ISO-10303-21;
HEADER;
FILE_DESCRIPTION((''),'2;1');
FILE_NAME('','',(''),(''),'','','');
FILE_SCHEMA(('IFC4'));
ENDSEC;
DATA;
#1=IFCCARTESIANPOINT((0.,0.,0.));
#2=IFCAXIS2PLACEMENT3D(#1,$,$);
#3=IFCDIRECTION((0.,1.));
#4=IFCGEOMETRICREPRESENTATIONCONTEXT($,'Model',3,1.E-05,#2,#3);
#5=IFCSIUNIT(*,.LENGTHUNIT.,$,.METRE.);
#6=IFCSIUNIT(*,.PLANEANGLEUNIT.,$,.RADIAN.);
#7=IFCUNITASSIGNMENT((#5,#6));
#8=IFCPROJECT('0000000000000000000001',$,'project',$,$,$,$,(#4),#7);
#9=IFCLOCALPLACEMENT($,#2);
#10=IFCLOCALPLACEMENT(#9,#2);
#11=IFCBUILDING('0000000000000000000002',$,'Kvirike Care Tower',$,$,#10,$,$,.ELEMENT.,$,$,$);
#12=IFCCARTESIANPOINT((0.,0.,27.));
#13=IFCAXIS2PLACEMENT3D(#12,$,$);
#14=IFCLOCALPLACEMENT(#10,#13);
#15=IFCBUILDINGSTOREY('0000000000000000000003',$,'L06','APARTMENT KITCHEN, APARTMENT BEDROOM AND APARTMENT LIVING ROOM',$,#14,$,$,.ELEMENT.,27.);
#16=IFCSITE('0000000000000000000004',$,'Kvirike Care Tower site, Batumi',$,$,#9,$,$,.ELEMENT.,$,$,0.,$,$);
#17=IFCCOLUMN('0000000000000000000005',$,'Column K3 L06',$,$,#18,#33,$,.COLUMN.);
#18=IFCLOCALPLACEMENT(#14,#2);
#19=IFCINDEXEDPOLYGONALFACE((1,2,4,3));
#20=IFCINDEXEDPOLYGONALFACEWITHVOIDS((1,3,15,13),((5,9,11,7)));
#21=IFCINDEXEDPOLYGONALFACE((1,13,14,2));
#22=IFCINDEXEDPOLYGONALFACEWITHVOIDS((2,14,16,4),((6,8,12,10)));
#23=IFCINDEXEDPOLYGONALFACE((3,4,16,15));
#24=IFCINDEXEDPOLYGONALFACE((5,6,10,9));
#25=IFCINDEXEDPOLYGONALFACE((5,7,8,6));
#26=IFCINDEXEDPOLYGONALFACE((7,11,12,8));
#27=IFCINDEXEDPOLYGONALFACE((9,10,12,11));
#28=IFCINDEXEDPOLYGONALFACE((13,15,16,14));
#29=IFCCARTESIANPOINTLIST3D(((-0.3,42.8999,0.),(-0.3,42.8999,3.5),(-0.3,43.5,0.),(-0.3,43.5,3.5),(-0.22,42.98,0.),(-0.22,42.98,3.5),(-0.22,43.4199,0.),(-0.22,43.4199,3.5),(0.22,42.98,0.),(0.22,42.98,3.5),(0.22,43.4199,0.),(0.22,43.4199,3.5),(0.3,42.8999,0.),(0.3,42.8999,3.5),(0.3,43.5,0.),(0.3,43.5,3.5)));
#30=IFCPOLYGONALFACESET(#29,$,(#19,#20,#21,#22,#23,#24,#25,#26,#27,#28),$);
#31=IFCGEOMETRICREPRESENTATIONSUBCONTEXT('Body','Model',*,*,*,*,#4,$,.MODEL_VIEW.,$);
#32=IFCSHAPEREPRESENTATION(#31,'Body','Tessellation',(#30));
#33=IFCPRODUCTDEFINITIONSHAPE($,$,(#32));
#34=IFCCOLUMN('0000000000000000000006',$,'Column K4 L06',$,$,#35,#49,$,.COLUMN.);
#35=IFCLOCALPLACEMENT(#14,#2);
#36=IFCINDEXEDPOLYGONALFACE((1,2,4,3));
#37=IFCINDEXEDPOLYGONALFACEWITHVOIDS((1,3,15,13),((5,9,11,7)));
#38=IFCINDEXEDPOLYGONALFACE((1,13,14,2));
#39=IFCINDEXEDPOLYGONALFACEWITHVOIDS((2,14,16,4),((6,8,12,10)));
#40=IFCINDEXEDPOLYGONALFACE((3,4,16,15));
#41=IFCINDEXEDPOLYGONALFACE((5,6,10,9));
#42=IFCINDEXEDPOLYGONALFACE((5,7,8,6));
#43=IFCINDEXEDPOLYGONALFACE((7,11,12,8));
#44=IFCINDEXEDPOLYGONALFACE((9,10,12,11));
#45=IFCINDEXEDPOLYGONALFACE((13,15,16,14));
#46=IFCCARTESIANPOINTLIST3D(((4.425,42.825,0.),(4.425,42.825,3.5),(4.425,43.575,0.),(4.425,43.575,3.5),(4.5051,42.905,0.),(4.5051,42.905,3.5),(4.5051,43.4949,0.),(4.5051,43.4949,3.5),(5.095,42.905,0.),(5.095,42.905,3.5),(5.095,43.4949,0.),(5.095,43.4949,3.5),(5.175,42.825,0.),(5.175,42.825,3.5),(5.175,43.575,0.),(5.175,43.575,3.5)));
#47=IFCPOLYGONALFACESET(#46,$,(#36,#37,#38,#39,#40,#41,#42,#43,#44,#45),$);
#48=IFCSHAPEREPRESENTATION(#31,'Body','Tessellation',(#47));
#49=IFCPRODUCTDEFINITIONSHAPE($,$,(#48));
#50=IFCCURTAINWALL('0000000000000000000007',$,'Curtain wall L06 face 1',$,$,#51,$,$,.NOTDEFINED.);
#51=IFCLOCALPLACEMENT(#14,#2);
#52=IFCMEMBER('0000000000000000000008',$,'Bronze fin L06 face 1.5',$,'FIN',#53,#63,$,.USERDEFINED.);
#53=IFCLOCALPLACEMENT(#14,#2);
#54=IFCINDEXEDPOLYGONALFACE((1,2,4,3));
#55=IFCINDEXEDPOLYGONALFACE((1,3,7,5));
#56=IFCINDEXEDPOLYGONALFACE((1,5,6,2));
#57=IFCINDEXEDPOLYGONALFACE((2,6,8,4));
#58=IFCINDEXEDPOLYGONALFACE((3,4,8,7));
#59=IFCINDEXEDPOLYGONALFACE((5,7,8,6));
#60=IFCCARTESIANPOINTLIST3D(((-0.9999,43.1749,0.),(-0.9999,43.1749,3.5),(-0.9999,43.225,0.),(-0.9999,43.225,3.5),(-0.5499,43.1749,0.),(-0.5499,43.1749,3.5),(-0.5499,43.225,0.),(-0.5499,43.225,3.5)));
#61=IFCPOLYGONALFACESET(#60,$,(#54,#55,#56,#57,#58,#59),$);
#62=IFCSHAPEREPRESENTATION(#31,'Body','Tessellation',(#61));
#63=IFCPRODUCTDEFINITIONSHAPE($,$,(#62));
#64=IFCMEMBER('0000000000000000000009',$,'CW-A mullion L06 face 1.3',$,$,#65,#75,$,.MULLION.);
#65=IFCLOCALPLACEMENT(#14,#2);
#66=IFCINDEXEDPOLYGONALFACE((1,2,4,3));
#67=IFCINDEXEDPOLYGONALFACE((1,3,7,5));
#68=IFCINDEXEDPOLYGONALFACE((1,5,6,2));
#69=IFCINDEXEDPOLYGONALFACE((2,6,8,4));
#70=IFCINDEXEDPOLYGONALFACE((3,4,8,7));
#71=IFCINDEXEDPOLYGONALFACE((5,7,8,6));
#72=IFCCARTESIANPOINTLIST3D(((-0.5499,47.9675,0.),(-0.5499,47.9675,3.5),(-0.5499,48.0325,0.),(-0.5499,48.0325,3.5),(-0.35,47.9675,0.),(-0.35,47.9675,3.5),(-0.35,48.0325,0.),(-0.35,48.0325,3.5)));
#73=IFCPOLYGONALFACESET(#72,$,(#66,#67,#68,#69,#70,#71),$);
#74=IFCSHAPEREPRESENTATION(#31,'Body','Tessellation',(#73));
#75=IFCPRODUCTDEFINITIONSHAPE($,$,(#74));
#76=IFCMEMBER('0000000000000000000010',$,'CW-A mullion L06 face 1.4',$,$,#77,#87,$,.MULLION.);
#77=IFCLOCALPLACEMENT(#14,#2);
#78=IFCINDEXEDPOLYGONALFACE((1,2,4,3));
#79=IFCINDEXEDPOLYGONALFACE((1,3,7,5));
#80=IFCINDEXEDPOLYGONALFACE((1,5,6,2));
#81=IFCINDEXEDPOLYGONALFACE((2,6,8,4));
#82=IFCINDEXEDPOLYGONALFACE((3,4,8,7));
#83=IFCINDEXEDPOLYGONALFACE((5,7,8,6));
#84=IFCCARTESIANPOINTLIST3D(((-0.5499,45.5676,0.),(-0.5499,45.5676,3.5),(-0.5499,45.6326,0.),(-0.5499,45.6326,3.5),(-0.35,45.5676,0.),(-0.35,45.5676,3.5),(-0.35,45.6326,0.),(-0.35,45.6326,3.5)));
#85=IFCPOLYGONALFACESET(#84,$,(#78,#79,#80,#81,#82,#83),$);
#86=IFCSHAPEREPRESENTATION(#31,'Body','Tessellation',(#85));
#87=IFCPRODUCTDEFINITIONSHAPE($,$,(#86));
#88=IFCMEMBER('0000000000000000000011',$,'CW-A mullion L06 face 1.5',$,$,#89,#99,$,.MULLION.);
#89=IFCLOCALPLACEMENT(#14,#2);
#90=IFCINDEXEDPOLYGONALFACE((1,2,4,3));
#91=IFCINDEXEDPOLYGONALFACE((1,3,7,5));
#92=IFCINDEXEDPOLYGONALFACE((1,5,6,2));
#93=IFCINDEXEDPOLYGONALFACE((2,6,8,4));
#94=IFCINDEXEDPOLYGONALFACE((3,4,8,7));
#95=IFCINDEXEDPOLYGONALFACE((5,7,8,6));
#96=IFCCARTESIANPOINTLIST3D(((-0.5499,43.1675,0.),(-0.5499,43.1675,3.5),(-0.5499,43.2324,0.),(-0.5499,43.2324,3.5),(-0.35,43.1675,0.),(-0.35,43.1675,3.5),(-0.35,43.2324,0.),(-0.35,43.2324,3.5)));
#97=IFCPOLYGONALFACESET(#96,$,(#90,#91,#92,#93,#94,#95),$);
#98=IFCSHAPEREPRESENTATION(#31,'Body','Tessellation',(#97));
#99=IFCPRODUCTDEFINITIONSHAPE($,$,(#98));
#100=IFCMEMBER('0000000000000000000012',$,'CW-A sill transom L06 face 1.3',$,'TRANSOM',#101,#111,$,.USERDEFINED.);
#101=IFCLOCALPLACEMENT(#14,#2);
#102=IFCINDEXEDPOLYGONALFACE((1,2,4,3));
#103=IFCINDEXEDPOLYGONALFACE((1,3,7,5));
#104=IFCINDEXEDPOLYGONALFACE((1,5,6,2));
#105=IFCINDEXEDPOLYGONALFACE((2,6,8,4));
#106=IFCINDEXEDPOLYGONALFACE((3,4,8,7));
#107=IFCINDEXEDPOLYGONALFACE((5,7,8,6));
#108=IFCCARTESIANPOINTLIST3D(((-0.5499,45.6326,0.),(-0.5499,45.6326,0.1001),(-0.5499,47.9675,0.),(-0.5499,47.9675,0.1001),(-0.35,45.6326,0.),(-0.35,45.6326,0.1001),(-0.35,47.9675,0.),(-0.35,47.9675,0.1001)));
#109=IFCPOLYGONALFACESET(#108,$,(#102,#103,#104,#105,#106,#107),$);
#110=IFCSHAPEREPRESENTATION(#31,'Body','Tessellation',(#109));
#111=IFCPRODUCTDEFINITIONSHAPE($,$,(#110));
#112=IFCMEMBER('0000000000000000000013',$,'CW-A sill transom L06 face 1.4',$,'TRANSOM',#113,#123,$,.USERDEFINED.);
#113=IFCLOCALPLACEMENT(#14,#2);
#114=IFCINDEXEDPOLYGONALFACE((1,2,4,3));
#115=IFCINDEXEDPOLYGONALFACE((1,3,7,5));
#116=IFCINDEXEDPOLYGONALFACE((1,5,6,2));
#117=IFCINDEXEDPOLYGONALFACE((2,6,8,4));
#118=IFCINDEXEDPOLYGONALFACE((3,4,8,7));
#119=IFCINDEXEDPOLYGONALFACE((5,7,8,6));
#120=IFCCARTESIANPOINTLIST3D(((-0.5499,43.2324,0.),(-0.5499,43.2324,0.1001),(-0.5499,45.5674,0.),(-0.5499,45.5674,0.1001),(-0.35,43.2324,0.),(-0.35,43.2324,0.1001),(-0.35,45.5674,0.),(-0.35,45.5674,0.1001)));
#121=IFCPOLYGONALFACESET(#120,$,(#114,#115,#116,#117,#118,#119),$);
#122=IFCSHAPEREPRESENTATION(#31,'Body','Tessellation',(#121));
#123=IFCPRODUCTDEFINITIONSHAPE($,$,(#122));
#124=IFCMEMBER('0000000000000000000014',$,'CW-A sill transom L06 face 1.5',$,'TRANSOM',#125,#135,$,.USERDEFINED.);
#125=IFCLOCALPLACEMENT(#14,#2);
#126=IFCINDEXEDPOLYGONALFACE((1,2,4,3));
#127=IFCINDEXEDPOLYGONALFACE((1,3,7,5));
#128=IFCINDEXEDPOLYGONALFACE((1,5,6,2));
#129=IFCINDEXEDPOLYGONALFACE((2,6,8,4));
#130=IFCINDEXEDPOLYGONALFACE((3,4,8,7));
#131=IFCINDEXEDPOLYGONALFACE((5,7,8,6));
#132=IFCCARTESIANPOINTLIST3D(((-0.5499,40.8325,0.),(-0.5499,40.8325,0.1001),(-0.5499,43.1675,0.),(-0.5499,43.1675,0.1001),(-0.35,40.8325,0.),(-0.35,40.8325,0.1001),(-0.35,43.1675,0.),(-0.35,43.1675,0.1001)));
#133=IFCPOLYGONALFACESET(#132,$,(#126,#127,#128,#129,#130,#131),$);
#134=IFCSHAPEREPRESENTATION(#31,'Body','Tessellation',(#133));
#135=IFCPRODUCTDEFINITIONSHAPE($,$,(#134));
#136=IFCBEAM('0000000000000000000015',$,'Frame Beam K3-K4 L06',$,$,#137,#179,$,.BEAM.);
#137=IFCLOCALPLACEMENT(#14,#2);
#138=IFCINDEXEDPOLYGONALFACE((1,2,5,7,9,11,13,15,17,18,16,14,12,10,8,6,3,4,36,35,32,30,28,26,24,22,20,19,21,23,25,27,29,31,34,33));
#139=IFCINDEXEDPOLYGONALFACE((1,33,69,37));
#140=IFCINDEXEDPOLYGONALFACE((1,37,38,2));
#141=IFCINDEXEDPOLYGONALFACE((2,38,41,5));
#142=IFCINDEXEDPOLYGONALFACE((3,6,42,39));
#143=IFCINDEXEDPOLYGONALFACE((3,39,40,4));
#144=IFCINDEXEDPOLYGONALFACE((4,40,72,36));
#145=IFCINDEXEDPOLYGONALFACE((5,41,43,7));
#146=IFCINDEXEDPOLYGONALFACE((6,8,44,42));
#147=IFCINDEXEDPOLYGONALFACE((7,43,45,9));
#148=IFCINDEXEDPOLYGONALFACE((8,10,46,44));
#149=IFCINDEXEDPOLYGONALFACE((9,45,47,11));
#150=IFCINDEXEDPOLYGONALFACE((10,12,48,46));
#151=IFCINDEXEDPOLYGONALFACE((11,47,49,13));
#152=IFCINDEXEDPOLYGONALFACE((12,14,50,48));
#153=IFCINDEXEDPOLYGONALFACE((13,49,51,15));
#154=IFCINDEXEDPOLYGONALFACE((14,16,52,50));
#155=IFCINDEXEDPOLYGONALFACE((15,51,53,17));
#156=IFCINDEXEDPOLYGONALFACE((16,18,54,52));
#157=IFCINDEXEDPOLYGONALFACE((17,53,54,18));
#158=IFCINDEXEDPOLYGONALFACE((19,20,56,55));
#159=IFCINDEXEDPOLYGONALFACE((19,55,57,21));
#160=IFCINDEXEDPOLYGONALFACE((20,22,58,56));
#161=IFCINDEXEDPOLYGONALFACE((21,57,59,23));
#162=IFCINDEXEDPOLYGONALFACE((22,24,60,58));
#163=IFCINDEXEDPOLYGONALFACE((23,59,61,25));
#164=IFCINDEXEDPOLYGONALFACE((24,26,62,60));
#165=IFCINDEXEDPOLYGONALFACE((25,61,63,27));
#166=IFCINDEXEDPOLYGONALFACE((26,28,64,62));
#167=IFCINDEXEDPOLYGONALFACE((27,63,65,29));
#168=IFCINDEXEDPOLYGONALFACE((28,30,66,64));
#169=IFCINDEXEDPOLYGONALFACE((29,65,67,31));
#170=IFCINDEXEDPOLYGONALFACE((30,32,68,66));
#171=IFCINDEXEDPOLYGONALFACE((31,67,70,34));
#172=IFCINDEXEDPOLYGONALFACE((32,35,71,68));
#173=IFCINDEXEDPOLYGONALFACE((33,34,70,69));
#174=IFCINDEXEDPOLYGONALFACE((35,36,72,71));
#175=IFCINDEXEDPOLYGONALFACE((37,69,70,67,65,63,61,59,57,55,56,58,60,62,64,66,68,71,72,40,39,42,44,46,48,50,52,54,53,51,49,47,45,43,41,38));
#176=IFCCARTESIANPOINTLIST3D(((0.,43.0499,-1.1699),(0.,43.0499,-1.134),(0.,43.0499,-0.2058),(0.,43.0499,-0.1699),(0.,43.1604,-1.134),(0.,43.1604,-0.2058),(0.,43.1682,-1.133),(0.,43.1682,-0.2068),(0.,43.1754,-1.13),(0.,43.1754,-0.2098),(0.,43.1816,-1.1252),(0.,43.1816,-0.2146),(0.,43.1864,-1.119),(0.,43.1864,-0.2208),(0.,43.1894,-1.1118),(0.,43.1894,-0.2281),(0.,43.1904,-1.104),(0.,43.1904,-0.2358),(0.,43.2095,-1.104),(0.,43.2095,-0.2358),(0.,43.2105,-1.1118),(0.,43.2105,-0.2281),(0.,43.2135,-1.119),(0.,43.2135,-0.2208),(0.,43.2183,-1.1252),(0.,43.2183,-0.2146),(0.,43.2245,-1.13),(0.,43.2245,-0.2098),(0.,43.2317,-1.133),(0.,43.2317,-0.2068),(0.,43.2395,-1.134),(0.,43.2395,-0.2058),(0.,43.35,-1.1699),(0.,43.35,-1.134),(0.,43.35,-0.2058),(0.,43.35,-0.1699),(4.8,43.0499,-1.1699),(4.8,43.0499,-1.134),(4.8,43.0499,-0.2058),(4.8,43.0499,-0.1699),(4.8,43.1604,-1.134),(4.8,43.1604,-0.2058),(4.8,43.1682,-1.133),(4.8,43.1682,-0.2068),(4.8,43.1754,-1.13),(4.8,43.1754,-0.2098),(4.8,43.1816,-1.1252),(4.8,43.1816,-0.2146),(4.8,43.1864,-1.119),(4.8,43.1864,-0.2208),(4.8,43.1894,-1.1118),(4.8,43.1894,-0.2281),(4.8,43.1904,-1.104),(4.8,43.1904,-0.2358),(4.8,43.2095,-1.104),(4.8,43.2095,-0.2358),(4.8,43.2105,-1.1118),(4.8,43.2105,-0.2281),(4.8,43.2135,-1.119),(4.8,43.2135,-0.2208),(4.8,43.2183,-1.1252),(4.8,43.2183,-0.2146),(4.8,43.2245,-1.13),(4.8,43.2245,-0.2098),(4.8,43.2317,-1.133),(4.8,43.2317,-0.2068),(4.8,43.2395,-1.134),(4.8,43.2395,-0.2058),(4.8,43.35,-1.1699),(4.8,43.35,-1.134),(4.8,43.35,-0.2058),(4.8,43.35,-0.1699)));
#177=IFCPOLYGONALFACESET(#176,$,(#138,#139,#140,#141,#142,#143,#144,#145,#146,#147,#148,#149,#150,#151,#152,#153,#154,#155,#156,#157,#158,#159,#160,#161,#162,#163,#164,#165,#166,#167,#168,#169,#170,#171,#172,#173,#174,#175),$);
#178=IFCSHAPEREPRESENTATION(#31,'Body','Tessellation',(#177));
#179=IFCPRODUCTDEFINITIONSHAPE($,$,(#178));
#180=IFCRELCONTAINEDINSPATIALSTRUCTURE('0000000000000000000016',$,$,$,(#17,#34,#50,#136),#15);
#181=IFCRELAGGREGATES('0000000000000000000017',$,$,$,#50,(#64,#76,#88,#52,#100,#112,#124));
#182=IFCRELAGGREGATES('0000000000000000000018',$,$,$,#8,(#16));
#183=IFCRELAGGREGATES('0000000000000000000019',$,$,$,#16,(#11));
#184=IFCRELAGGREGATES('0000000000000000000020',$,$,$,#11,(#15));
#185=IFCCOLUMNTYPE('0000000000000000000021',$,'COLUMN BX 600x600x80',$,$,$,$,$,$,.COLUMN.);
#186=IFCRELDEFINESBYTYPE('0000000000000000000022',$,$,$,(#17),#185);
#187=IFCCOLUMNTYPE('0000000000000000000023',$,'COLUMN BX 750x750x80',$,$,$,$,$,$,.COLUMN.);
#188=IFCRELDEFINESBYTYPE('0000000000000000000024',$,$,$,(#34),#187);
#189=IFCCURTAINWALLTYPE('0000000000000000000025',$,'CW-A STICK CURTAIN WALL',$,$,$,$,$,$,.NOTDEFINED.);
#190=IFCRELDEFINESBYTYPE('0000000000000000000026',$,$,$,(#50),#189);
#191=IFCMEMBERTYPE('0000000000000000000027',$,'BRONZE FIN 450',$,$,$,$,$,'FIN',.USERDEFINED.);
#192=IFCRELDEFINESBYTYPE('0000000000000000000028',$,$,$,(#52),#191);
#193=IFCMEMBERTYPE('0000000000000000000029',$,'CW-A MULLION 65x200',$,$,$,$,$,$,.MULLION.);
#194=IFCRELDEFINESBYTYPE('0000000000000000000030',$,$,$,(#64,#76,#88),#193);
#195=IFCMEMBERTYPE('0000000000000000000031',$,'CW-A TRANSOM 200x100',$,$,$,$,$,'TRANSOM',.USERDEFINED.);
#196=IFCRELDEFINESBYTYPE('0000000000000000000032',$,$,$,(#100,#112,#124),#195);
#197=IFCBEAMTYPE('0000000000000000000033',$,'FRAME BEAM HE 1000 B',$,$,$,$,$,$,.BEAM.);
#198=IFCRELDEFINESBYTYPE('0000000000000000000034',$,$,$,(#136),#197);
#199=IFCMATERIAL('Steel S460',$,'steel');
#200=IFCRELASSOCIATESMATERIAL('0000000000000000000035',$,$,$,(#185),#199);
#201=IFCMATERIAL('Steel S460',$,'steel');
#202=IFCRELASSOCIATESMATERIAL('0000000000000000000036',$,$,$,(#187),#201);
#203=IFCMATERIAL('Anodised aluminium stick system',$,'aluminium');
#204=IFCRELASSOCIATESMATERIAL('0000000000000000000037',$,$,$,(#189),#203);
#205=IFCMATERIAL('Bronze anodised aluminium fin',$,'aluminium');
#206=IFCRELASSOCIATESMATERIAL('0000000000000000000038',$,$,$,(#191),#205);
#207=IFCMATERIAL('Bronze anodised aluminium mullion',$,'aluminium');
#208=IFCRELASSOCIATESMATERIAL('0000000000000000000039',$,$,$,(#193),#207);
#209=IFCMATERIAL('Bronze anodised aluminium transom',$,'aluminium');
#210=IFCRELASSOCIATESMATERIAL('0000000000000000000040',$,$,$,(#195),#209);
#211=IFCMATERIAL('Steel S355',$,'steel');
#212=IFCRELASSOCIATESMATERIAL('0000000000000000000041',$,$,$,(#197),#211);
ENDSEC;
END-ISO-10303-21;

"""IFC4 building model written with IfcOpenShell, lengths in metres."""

from ifc_helpers import new_model, si_unit, direction, frame, origin, origin_2d, place, context, subcontext, project, spatial, rectangle, hollow_rectangle, i_section, extrude, material, material_profile, profile_set, type_object, element, aggregate, save


model = new_model("IFC4")

# Units and contexts
model_context = context("Model", 3, precision=1e-05, world=origin(), true_north=direction((0.0, 1.0)))
body_context = subcontext(model_context, "Body", "Model", "MODEL_VIEW")
ifc_project = project(units=[si_unit("LENGTHUNIT", "METRE"), si_unit("PLANEANGLEUNIT", "RADIAN")], contexts=[model_context])

# Site, building, storey
site_placement = place(None, origin())
site = spatial("IfcSite", under=ifc_project, at=site_placement, Name="Kvirike Care Tower site, Batumi", CompositionType="ELEMENT", RefElevation=0.0)
building_placement = place(site_placement, origin())
building = spatial("IfcBuilding", under=site, at=building_placement, Name="Kvirike Care Tower", CompositionType="ELEMENT")
storey_placement = place(building_placement, frame((0.0, 0.0, 27.0)))
storey = spatial("IfcBuildingStorey", under=building, at=storey_placement, Name="L06", Description="APARTMENT KITCHEN, APARTMENT BEDROOM AND APARTMENT LIVING ROOM", CompositionType="ELEMENT", Elevation=27.0)

# Columns
ifc_material_1 = material(Name="Steel S460", Category="steel")
ifc_material_profile_1 = material_profile(ifc_material_1, hollow_rectangle(XDim=0.6001, YDim=0.6001, WallThickness=0.0801, at=origin_2d()), Name="BX 600x600x80")
ifc_profile_set_1 = profile_set([ifc_material_profile_1], Name="Steel S460")
column_type_1 = type_object("IfcColumnType", Name="COLUMN BX 600x600x80", PredefinedType="COLUMN", material=ifc_profile_set_1)
column_1_placement = place(storey_placement, frame((0.0, 43.2, 0.0), z_axis=(0.0, 0.0, 1.0), x_axis=(0.0, 1.0, 0.0)))
element("IfcColumn", 1, at=column_1_placement, inside=storey, type_object=column_type_1, Name="Column K3 L06", PredefinedType="COLUMN", context=body_context, shape_type="SweptSolid", body=[
    extrude(hollow_rectangle(XDim=0.6001, YDim=0.6001, WallThickness=0.0801, at=origin_2d()), origin(), (0.0, 0.0, 1.0), 3.5),
])
ifc_material_2 = material(Name="Steel S460", Category="steel")
ifc_material_profile_2 = material_profile(ifc_material_2, hollow_rectangle(XDim=0.75, YDim=0.75, WallThickness=0.0801, at=origin_2d()), Name="BX 750x750x80")
ifc_profile_set_2 = profile_set([ifc_material_profile_2], Name="Steel S460")
column_type_2 = type_object("IfcColumnType", Name="COLUMN BX 750x750x80", PredefinedType="COLUMN", material=ifc_profile_set_2)
column_2_placement = place(storey_placement, frame((4.8, 43.2, 0.0), z_axis=(0.0, 0.0, 1.0), x_axis=(0.0, 1.0, 0.0)))
element("IfcColumn", 2, at=column_2_placement, inside=storey, type_object=column_type_2, Name="Column K4 L06", PredefinedType="COLUMN", context=body_context, shape_type="SweptSolid", body=[
    extrude(hollow_rectangle(XDim=0.75, YDim=0.75, WallThickness=0.0801, at=origin_2d()), origin(), (0.0, 0.0, 1.0), 3.5),
])

# Curtain wall, members
ifc_material_3 = material(Name="Anodised aluminium stick system", Category="aluminium")
curtain_wall_type = type_object("IfcCurtainWallType", Name="CW-A STICK CURTAIN WALL", PredefinedType="NOTDEFINED", material=ifc_material_3)
curtain_wall_placement = place(storey_placement, origin())
curtain_wall = element("IfcCurtainWall", 3, at=curtain_wall_placement, inside=storey, type_object=curtain_wall_type, Name="Curtain wall L06 face 1", PredefinedType="NOTDEFINED")
ifc_material_4 = material(Name="Bronze anodised aluminium fin", Category="aluminium")
ifc_material_profile_3 = material_profile(ifc_material_4, rectangle(XDim=0.05, YDim=0.45, at=origin_2d()), Name="BRONZE FIN 450")
ifc_profile_set_3 = profile_set([ifc_material_profile_3], Name="Bronze anodised aluminium fin")
member_type_1 = type_object("IfcMemberType", Name="BRONZE FIN 450", ElementType="FIN", PredefinedType="USERDEFINED", material=ifc_profile_set_3)
member_1_placement = place(storey_placement, frame((-0.7749, 43.2, 0.0), z_axis=(0.0, 0.0, 1.0), x_axis=(0.0, -1.0, 0.0)))
member_1 = element("IfcMember", 4, at=member_1_placement, type_object=member_type_1, Name="Bronze fin L06 face 1.5", ObjectType="FIN", PredefinedType="USERDEFINED", context=body_context, shape_type="SweptSolid", body=[
    extrude(rectangle(XDim=0.05, YDim=0.45, at=origin_2d()), origin(), (0.0, 0.0, 1.0), 3.5),
])
ifc_material_5 = material(Name="Bronze anodised aluminium mullion", Category="aluminium")
ifc_material_profile_4 = material_profile(ifc_material_5, rectangle(XDim=0.0649, YDim=0.2, at=origin_2d()), Name="CW-A MULLION 65x200")
ifc_profile_set_4 = profile_set([ifc_material_profile_4], Name="Bronze anodised aluminium mullion")
member_type_2 = type_object("IfcMemberType", Name="CW-A MULLION 65x200", PredefinedType="MULLION", material=ifc_profile_set_4)
member_2_placement = place(storey_placement, frame((-0.45, 48.0, 0.0), z_axis=(0.0, 0.0, 1.0), x_axis=(0.0, -1.0, 0.0)))
member_2 = element("IfcMember", 5, at=member_2_placement, type_object=member_type_2, Name="CW-A mullion L06 face 1.3", PredefinedType="MULLION", context=body_context, shape_type="SweptSolid", body=[
    extrude(rectangle(XDim=0.0649, YDim=0.2, at=origin_2d()), origin(), (0.0, 0.0, 1.0), 3.5),
])
member_3_placement = place(storey_placement, frame((-0.45, 45.6001, 0.0), z_axis=(0.0, 0.0, 1.0), x_axis=(0.0, -1.0, 0.0)))
member_3 = element("IfcMember", 6, at=member_3_placement, type_object=member_type_2, Name="CW-A mullion L06 face 1.4", PredefinedType="MULLION", context=body_context, shape_type="SweptSolid", body=[
    extrude(rectangle(XDim=0.0649, YDim=0.2, at=origin_2d()), origin(), (0.0, 0.0, 1.0), 3.5),
])
member_4_placement = place(storey_placement, frame((-0.45, 43.2, 0.0), z_axis=(0.0, 0.0, 1.0), x_axis=(0.0, -1.0, 0.0)))
member_4 = element("IfcMember", 7, at=member_4_placement, type_object=member_type_2, Name="CW-A mullion L06 face 1.5", PredefinedType="MULLION", context=body_context, shape_type="SweptSolid", body=[
    extrude(rectangle(XDim=0.0649, YDim=0.2, at=origin_2d()), origin(), (0.0, 0.0, 1.0), 3.5),
])
ifc_material_6 = material(Name="Bronze anodised aluminium transom", Category="aluminium")
ifc_material_profile_5 = material_profile(ifc_material_6, rectangle(XDim=0.2, YDim=0.1001, at=origin_2d()), Name="CW-A TRANSOM 200x100")
ifc_profile_set_5 = profile_set([ifc_material_profile_5], Name="Bronze anodised aluminium transom")
member_type_3 = type_object("IfcMemberType", Name="CW-A TRANSOM 200x100", ElementType="TRANSOM", PredefinedType="USERDEFINED", material=ifc_profile_set_5)
member_5_placement = place(storey_placement, frame((-0.45, 47.9675, 0.05), z_axis=(0.0, -1.0, 0.0), x_axis=(1.0, 0.0, 0.0)))
member_5 = element("IfcMember", 8, at=member_5_placement, type_object=member_type_3, Name="CW-A sill transom L06 face 1.3", ObjectType="TRANSOM", PredefinedType="USERDEFINED", context=body_context, shape_type="SweptSolid", body=[
    extrude(rectangle(XDim=0.2, YDim=0.1001, at=origin_2d()), origin(), (0.0, 0.0, 1.0), 2.335),
])
member_6_placement = place(storey_placement, frame((-0.45, 45.5674, 0.05), z_axis=(0.0, -1.0, 0.0), x_axis=(1.0, 0.0, 0.0)))
member_6 = element("IfcMember", 9, at=member_6_placement, type_object=member_type_3, Name="CW-A sill transom L06 face 1.4", ObjectType="TRANSOM", PredefinedType="USERDEFINED", context=body_context, shape_type="SweptSolid", body=[
    extrude(rectangle(XDim=0.2, YDim=0.1001, at=origin_2d()), origin(), (0.0, 0.0, 1.0), 2.335),
])
member_7_placement = place(storey_placement, frame((-0.45, 43.1675, 0.05), z_axis=(0.0, -1.0, 0.0), x_axis=(1.0, 0.0, 0.0)))
member_7 = element("IfcMember", 10, at=member_7_placement, type_object=member_type_3, Name="CW-A sill transom L06 face 1.5", ObjectType="TRANSOM", PredefinedType="USERDEFINED", context=body_context, shape_type="SweptSolid", body=[
    extrude(rectangle(XDim=0.2, YDim=0.1001, at=origin_2d()), origin(), (0.0, 0.0, 1.0), 2.335),
])

# Beam
ifc_material_7 = material(Name="Steel S355", Category="steel")
ifc_material_profile_6 = material_profile(ifc_material_7, i_section(OverallWidth=0.3, OverallDepth=1.0, WebThickness=0.019, FlangeThickness=0.0359, FilletRadius=0.03, at=origin_2d()), Name="HE 1000 B")
ifc_profile_set_6 = profile_set([ifc_material_profile_6], Name="Steel S355")
beam_type_1 = type_object("IfcBeamType", Name="FRAME BEAM HE 1000 B", PredefinedType="BEAM", material=ifc_profile_set_6)
for number, where, z_axis, x_axis, name in (
    (11, (0.0, 43.2, -0.6699), (1.0, 0.0, 0.0), (0.0, 1.0, 0.0), "Frame Beam K3-K4 L06"),
):
    element("IfcBeam", number, at=place(storey_placement, frame(where, z_axis=z_axis, x_axis=x_axis)), inside=storey, type_object=beam_type_1, Name=name, PredefinedType="BEAM", context=body_context, shape_type="SweptSolid", body=[
        extrude(i_section(OverallWidth=0.3, OverallDepth=1.0, WebThickness=0.019, FlangeThickness=0.0359, FilletRadius=0.03, at=origin_2d()), origin(), (0.0, 0.0, 1.0), 4.8),
    ])

aggregate(curtain_wall, [member_2, member_3, member_4, member_1, member_5, member_6, member_7])

save(model, "model.ifc")
